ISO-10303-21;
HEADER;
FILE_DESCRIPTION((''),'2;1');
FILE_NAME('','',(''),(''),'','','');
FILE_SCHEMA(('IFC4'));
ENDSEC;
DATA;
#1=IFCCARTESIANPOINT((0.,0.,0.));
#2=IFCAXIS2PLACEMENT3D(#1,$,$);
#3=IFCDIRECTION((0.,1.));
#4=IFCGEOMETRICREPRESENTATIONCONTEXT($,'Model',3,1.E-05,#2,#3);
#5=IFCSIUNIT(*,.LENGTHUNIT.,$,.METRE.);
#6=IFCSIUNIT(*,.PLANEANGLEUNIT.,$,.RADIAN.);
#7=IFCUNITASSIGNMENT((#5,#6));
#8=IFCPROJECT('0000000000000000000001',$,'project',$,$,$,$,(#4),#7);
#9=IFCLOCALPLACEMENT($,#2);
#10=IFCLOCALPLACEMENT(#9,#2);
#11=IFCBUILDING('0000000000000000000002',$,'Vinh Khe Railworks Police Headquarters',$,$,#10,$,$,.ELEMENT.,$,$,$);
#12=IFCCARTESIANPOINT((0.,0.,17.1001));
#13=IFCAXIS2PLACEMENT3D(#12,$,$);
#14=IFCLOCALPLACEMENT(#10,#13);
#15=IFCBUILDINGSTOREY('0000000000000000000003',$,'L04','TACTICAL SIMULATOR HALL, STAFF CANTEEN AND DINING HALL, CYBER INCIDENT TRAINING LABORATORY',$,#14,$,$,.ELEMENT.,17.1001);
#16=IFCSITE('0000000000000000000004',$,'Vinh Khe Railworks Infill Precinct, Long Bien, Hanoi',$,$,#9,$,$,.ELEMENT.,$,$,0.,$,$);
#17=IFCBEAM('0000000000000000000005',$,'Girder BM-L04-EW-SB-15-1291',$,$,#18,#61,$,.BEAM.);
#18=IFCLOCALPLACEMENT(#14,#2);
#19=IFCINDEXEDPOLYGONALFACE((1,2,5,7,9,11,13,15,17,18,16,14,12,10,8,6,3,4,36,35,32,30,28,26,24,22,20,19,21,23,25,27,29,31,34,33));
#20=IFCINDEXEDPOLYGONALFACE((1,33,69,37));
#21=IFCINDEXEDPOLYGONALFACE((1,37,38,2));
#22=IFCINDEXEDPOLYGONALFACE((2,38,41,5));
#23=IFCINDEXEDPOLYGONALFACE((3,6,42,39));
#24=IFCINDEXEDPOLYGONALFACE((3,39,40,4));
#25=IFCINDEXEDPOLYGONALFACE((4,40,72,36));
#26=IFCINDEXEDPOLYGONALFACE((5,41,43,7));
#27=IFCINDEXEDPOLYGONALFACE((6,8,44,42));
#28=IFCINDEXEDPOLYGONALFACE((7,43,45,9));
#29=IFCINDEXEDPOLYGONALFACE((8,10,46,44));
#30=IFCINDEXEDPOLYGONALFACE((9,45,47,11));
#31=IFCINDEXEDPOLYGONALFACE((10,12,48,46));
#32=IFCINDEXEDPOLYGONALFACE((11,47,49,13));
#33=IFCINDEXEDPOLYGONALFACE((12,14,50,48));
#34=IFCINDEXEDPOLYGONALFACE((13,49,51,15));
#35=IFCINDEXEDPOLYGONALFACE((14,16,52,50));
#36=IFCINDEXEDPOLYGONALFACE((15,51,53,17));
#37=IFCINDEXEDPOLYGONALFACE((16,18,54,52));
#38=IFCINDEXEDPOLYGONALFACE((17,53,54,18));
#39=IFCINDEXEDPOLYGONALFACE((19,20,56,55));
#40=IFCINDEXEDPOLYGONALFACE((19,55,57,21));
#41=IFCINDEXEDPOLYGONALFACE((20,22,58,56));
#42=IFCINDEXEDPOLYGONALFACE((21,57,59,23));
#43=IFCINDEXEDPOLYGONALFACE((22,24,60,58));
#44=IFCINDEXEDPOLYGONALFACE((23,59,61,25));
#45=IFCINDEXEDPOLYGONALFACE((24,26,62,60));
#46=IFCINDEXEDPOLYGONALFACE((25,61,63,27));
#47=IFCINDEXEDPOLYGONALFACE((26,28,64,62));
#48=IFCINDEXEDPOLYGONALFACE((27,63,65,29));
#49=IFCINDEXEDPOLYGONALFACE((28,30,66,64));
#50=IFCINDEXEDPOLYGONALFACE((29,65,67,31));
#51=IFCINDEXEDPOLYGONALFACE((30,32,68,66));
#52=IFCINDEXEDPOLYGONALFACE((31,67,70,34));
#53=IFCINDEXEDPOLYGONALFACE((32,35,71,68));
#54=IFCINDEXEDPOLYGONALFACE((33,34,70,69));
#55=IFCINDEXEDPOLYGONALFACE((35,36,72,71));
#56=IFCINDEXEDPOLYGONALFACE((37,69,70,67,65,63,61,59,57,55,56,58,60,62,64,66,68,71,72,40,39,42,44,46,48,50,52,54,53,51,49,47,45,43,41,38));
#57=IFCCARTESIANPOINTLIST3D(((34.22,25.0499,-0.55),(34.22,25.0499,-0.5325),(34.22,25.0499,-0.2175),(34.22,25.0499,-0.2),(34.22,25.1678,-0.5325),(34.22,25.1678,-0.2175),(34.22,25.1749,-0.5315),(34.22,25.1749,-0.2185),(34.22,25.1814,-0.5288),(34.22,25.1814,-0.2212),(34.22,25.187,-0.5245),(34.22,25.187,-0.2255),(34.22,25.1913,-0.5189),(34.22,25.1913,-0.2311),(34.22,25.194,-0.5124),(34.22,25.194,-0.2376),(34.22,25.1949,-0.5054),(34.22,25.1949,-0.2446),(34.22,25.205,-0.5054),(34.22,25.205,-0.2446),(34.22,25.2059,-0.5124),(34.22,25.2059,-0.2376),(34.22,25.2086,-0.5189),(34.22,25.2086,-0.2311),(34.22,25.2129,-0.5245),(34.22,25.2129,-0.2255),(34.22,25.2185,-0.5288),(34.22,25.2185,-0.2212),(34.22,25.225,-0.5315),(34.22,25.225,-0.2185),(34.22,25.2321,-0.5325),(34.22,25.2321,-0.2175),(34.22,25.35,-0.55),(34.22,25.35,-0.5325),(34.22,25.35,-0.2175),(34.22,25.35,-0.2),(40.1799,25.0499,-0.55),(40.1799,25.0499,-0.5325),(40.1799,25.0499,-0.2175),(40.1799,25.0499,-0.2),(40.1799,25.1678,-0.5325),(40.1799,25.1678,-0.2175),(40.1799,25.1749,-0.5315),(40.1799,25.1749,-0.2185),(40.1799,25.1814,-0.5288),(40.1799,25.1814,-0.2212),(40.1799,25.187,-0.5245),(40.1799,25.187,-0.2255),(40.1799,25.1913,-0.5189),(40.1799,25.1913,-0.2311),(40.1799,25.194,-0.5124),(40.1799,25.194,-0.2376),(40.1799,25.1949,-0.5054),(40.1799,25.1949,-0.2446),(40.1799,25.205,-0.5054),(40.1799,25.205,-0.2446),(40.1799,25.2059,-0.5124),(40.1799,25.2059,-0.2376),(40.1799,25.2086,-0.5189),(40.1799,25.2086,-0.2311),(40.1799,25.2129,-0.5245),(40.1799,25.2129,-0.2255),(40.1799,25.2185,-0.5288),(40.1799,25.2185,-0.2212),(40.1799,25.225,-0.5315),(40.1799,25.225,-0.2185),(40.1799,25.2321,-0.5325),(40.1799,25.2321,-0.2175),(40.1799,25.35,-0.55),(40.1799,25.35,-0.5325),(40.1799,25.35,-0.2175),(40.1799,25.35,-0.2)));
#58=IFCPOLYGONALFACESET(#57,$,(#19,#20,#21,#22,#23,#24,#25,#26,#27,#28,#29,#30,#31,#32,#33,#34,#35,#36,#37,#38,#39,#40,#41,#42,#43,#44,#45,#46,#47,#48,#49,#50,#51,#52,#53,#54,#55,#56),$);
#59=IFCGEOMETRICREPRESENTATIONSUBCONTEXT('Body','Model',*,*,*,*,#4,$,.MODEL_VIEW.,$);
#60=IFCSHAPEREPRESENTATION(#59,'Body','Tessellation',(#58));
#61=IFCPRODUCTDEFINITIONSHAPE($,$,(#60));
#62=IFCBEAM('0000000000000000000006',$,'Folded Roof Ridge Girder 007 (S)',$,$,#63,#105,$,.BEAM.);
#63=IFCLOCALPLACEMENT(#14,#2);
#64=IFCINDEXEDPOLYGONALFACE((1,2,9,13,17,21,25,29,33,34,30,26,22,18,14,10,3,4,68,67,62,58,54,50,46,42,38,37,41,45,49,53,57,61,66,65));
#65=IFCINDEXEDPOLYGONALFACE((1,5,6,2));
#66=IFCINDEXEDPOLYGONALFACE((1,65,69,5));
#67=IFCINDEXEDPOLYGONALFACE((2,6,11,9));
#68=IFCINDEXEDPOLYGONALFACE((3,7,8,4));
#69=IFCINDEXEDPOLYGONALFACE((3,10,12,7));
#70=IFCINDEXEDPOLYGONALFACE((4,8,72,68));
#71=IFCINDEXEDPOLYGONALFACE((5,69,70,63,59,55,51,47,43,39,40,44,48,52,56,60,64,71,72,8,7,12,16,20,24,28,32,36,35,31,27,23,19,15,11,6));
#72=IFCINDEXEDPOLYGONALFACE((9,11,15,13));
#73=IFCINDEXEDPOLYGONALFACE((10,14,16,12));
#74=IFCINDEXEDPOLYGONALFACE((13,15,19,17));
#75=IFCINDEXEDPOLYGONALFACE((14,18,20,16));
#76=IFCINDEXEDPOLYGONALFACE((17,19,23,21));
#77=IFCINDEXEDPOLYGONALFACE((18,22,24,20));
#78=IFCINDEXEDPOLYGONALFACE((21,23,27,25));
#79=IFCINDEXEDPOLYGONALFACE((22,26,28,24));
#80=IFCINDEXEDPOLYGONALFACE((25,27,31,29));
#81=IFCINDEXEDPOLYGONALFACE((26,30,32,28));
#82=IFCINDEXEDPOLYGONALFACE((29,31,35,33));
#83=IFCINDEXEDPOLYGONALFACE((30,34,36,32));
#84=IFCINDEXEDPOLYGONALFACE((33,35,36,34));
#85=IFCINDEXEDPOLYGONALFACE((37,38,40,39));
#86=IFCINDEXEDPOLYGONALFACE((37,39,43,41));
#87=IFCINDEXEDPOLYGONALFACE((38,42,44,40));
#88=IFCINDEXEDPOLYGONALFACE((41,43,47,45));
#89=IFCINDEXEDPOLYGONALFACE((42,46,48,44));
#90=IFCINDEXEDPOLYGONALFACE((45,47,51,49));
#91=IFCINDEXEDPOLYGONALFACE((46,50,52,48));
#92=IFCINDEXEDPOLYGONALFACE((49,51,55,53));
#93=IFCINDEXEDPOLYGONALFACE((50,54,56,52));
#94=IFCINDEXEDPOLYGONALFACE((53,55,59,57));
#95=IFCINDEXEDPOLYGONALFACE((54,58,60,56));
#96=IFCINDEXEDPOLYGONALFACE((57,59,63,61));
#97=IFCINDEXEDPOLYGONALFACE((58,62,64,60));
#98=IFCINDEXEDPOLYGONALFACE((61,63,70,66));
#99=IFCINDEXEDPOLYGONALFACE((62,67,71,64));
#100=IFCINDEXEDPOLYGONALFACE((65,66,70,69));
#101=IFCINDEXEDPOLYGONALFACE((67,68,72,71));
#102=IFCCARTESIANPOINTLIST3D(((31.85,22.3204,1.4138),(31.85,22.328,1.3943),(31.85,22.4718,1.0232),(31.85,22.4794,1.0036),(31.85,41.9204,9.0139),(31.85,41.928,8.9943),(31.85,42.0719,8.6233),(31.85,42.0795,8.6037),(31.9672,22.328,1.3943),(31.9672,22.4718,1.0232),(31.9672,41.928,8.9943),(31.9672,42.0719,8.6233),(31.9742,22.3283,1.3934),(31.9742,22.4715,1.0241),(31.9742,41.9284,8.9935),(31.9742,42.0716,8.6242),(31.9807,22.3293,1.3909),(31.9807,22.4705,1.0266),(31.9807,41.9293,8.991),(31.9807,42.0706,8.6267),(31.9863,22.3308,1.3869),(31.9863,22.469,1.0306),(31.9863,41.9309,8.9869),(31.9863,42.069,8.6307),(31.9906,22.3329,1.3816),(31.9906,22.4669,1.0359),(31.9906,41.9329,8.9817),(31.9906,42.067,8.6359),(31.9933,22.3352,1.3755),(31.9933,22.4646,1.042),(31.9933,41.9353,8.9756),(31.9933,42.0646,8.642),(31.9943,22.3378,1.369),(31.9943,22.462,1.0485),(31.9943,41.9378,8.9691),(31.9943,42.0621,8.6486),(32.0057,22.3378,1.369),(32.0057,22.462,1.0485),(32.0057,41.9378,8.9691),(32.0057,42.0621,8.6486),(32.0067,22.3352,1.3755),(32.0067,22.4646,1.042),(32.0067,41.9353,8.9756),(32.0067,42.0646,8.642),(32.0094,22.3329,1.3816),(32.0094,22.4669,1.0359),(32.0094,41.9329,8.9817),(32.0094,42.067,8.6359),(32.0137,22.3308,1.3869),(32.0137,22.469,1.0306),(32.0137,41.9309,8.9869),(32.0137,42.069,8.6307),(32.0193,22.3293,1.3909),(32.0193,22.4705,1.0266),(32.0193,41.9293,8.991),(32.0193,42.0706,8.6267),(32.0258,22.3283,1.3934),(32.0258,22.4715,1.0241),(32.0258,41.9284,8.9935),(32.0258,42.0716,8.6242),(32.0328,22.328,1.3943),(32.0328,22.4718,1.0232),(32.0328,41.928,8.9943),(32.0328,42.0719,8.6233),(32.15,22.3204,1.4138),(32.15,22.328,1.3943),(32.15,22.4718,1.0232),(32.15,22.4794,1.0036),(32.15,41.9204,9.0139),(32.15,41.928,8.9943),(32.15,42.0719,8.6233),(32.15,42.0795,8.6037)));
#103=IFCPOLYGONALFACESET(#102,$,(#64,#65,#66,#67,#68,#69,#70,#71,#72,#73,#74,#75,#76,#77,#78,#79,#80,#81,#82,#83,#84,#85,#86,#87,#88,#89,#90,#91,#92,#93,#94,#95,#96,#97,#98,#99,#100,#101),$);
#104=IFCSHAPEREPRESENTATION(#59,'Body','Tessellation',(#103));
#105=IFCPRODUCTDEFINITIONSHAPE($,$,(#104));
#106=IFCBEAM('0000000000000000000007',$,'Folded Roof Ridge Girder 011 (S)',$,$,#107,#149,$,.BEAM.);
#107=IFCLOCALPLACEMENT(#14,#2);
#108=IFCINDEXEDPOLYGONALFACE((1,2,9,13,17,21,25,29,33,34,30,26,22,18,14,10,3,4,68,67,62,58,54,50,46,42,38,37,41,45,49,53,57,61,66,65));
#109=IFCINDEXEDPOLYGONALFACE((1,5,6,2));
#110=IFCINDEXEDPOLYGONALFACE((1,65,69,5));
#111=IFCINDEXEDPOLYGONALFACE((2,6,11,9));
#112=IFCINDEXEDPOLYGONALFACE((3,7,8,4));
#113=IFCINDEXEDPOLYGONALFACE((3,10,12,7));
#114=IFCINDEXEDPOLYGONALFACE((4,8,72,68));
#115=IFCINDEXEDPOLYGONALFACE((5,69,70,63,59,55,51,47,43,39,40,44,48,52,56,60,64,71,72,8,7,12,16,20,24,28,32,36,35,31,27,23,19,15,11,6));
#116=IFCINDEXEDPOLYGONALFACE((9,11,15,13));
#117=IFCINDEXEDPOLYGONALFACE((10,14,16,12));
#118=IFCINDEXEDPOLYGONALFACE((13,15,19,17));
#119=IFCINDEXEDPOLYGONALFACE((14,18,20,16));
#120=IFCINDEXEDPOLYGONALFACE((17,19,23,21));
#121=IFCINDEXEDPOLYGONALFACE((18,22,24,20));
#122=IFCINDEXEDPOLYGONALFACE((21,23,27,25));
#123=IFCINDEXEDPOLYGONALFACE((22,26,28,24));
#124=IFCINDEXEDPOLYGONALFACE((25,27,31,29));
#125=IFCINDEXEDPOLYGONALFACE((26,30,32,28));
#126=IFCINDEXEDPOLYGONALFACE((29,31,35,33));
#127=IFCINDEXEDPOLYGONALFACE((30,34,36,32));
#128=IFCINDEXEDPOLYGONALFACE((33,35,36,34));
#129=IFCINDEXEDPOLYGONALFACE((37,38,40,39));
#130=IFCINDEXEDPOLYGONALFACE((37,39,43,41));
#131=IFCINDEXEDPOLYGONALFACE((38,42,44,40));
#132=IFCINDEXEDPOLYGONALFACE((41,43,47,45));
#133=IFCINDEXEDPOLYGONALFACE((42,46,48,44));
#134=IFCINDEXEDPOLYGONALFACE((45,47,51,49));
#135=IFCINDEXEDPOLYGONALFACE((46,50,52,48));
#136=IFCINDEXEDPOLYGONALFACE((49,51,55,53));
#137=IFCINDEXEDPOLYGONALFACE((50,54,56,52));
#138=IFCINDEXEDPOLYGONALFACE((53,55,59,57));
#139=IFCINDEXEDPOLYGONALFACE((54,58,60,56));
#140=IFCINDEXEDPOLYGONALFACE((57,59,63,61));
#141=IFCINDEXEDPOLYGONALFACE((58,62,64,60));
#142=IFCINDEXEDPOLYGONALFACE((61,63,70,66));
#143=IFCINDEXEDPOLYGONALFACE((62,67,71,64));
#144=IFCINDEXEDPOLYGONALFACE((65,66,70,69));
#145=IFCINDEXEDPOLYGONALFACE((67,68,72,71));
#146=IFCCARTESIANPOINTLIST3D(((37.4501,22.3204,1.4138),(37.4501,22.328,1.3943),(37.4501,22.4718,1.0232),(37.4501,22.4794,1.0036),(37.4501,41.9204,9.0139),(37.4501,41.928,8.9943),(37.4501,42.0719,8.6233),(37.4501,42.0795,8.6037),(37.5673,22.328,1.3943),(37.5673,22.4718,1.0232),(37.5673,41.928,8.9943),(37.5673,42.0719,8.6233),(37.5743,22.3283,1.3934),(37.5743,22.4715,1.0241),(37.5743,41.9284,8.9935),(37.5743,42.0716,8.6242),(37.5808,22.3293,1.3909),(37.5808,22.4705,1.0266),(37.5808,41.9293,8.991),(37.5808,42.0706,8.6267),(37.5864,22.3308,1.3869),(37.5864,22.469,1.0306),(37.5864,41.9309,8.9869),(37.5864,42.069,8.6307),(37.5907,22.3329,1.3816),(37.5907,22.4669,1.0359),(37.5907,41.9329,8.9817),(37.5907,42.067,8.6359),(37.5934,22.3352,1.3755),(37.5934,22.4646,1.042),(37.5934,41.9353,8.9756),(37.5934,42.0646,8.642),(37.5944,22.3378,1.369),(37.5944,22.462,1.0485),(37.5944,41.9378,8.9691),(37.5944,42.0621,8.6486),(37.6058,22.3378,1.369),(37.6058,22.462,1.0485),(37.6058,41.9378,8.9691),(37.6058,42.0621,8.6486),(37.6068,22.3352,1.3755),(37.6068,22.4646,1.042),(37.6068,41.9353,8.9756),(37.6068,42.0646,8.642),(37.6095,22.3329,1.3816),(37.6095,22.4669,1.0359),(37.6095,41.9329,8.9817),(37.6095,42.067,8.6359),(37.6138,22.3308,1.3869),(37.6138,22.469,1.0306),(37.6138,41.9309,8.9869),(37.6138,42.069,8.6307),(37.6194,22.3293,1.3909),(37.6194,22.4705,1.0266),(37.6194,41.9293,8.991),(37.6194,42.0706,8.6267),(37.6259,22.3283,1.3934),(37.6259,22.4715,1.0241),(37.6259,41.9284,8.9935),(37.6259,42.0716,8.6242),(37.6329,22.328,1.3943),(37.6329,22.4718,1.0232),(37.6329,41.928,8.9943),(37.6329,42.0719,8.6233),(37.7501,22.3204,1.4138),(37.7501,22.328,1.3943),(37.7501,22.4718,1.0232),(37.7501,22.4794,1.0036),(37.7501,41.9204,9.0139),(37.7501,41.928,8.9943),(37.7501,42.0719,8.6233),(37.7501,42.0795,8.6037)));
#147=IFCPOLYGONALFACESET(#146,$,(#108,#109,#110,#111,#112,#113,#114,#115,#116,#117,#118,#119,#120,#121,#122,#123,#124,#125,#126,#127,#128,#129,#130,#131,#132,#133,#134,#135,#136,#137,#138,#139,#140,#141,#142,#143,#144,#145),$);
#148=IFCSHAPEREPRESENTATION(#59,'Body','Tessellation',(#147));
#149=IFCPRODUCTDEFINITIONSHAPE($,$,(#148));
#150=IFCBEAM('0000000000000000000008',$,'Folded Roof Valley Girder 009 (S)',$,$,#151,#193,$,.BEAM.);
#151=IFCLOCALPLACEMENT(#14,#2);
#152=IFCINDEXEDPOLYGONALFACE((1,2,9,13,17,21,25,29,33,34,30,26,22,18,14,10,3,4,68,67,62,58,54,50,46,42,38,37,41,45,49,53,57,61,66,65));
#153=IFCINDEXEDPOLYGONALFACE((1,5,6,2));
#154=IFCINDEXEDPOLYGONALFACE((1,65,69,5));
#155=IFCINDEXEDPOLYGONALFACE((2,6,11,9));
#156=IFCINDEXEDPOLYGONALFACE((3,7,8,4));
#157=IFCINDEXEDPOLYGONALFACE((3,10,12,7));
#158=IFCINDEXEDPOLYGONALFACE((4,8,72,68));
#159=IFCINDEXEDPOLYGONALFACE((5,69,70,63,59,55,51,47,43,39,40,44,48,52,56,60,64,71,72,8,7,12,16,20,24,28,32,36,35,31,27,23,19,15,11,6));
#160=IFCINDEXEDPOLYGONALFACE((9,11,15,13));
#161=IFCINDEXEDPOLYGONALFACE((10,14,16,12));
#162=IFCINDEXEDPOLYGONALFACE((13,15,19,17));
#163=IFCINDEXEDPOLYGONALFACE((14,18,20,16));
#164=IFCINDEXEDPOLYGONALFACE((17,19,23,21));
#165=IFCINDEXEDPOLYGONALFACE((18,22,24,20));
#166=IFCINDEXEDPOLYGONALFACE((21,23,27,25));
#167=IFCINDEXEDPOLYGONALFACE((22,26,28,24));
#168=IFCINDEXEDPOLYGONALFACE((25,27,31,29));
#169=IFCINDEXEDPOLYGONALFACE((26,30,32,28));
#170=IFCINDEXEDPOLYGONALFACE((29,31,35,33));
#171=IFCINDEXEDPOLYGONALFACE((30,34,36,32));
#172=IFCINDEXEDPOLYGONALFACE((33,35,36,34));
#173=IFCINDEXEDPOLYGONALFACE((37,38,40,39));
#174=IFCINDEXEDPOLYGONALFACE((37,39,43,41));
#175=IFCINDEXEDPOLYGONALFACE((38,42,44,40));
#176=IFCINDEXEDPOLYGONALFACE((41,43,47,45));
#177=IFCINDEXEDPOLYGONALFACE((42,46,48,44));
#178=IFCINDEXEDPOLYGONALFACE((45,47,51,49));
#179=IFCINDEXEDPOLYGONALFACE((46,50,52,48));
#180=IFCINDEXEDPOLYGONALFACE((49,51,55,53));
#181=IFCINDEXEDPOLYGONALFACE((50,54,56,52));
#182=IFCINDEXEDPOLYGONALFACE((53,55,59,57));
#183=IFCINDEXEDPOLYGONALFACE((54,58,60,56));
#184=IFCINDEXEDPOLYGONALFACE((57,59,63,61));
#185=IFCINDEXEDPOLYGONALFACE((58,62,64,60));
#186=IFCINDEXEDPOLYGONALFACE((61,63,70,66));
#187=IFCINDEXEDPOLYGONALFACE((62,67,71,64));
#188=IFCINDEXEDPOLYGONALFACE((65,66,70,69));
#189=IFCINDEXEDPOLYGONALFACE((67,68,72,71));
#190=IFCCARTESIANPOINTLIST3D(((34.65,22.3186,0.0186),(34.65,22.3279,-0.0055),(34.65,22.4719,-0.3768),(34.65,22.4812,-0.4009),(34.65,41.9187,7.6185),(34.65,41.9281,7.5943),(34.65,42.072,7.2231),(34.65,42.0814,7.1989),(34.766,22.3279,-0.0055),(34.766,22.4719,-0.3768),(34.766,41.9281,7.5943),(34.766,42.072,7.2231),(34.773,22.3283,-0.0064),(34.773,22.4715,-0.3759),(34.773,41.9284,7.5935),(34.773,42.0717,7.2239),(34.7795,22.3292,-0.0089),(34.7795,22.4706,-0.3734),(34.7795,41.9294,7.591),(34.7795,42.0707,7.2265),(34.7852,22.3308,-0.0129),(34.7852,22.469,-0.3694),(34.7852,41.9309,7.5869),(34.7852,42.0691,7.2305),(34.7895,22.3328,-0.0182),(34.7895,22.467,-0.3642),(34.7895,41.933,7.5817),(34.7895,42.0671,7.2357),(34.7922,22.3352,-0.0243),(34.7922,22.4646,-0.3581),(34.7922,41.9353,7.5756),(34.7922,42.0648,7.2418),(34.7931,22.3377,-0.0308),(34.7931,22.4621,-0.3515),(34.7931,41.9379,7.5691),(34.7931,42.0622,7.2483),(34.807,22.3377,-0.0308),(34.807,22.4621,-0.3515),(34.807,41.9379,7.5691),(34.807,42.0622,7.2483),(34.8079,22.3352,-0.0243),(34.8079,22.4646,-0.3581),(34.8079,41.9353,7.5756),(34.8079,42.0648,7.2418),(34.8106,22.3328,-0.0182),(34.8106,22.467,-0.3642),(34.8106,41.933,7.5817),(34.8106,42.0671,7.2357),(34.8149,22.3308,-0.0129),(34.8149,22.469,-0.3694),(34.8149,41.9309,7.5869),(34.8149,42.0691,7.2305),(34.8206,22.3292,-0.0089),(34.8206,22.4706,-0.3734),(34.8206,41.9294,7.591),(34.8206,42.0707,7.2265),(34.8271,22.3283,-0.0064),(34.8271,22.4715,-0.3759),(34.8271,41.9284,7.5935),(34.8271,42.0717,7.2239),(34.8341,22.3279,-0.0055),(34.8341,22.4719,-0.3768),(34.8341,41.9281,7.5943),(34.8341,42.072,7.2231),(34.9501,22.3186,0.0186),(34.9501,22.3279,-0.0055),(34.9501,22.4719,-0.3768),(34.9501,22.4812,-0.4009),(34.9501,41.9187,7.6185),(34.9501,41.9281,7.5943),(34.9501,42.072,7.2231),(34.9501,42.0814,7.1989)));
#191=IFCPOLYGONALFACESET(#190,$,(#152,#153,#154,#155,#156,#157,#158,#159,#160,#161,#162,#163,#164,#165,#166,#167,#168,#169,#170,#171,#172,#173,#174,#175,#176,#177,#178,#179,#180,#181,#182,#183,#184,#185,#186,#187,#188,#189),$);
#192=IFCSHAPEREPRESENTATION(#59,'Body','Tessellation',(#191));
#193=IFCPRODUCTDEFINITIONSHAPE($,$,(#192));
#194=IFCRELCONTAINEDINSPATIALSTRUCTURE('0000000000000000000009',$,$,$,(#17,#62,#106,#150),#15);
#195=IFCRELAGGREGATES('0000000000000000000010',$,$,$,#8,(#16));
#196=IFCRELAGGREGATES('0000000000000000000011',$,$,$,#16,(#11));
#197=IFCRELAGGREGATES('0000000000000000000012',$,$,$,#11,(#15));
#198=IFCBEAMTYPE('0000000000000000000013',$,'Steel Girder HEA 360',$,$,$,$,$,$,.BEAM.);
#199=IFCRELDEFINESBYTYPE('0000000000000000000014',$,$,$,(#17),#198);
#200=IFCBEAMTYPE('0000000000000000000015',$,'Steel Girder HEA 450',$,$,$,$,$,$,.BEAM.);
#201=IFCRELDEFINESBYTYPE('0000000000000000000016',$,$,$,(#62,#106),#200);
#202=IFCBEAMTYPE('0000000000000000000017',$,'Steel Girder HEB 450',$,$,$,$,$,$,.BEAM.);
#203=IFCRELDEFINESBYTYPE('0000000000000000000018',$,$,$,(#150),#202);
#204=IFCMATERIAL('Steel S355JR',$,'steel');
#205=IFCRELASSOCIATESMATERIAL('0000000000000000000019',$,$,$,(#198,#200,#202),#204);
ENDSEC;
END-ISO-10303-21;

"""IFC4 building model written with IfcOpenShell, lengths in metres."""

from ifc_helpers import new_model, si_unit, direction, frame, origin, origin_2d, place, context, subcontext, project, spatial, i_section, extrude, material, material_profile, profile_set, type_object, element, save


model = new_model("IFC4")

# Units and contexts
model_context = context("Model", 3, precision=1e-05, world=origin(), true_north=direction((0.0, 1.0)))
body_context = subcontext(model_context, "Body", "Model", "MODEL_VIEW")
ifc_project = project(units=[si_unit("LENGTHUNIT", "METRE"), si_unit("PLANEANGLEUNIT", "RADIAN")], contexts=[model_context])

# Site, building, storey
site_placement = place(None, origin())
site = spatial("IfcSite", under=ifc_project, at=site_placement, Name="Vinh Khe Railworks Infill Precinct, Long Bien, Hanoi", CompositionType="ELEMENT", RefElevation=0.0)
building_placement = place(site_placement, origin())
building = spatial("IfcBuilding", under=site, at=building_placement, Name="Vinh Khe Railworks Police Headquarters", CompositionType="ELEMENT")
storey_placement = place(building_placement, frame((0.0, 0.0, 17.1001)))
storey = spatial("IfcBuildingStorey", under=building, at=storey_placement, Name="L04", Description="TACTICAL SIMULATOR HALL, STAFF CANTEEN AND DINING HALL, CYBER INCIDENT TRAINING LABORATORY", CompositionType="ELEMENT", Elevation=17.1001)

# Shared definitions
ifc_material_1 = material(Name="Steel S355JR", Category="steel")

# Beams
ifc_material_profile_1 = material_profile(ifc_material_1, i_section(OverallWidth=0.3, OverallDepth=0.3501, WebThickness=0.01, FlangeThickness=0.0176, FilletRadius=0.0271, at=origin_2d()), Name="HEA 360")
ifc_profile_set_1 = profile_set([ifc_material_profile_1], Name="Steel S355JR")
beam_type_1 = type_object("IfcBeamType", Name="Steel Girder HEA 360", PredefinedType="BEAM", material=ifc_profile_set_1)
beam_1_placement = place(storey_placement, frame((34.22, 25.2, -0.375), z_axis=(1.0, 0.0, 0.0), x_axis=(0.0, 1.0, 0.0)))
element("IfcBeam", 1, at=beam_1_placement, inside=storey, type_object=beam_type_1, Name="Girder BM-L04-EW-SB-15-1291", PredefinedType="BEAM", context=body_context, shape_type="SweptSolid", body=[
    extrude(i_section(OverallWidth=0.3, OverallDepth=0.3501, WebThickness=0.01, FlangeThickness=0.0176, FilletRadius=0.0271, at=origin_2d()), origin(), (0.0, 0.0, 1.0), 5.96),
])
ifc_material_profile_2 = material_profile(ifc_material_1, i_section(OverallWidth=0.3, OverallDepth=0.4399, WebThickness=0.0115, FlangeThickness=0.021, FilletRadius=0.0271, at=origin_2d()), Name="HEA 450")
ifc_profile_set_2 = profile_set([ifc_material_profile_2], Name="Steel S355JR")
beam_type_2 = type_object("IfcBeamType", Name="Steel Girder HEA 450", PredefinedType="BEAM", material=ifc_profile_set_2)
for number, where, z_axis, x_axis, name in (
    (2, (32.0, 22.3999, 1.2087), (0.0, 0.93236, 0.36153), (-1.0, 0.0, 0.0), "Folded Roof Ridge Girder 007 (S)"),
    (3, (37.6001, 22.3999, 1.2087), (0.0, 0.93236, 0.36153), (-1.0, 0.0, 0.0), "Folded Roof Ridge Girder 011 (S)"),
):
    element("IfcBeam", number, at=place(storey_placement, frame(where, z_axis=z_axis, x_axis=x_axis)), inside=storey, type_object=beam_type_2, Name=name, PredefinedType="BEAM", context=body_context, shape_type="SweptSolid", body=[
        extrude(i_section(OverallWidth=0.3, OverallDepth=0.4399, WebThickness=0.0115, FlangeThickness=0.021, FilletRadius=0.0271, at=origin_2d()), origin(), (0.0, 0.0, 1.0), 21.022),
    ])
ifc_material_profile_3 = material_profile(ifc_material_1, i_section(OverallWidth=0.3, OverallDepth=0.45, WebThickness=0.0139, FlangeThickness=0.0259, FilletRadius=0.0271, at=origin_2d()), Name="HEB 450")
ifc_profile_set_3 = profile_set([ifc_material_profile_3], Name="Steel S355JR")
beam_type_3 = type_object("IfcBeamType", Name="Steel Girder HEB 450", PredefinedType="BEAM", material=ifc_profile_set_3)
beam_2_placement = place(storey_placement, frame((34.8, 22.3999, -0.1912), z_axis=(0.0, 0.932364, 0.36152), x_axis=(-1.0, 0.0, 0.0)))
element("IfcBeam", 4, at=beam_2_placement, inside=storey, type_object=beam_type_3, Name="Folded Roof Valley Girder 009 (S)", PredefinedType="BEAM", context=body_context, shape_type="SweptSolid", body=[
    extrude(i_section(OverallWidth=0.3, OverallDepth=0.45, WebThickness=0.0139, FlangeThickness=0.0259, FilletRadius=0.0271, at=origin_2d()), origin(), (0.0, 0.0, 1.0), 21.022),
])

save(model, "model.ifc")
